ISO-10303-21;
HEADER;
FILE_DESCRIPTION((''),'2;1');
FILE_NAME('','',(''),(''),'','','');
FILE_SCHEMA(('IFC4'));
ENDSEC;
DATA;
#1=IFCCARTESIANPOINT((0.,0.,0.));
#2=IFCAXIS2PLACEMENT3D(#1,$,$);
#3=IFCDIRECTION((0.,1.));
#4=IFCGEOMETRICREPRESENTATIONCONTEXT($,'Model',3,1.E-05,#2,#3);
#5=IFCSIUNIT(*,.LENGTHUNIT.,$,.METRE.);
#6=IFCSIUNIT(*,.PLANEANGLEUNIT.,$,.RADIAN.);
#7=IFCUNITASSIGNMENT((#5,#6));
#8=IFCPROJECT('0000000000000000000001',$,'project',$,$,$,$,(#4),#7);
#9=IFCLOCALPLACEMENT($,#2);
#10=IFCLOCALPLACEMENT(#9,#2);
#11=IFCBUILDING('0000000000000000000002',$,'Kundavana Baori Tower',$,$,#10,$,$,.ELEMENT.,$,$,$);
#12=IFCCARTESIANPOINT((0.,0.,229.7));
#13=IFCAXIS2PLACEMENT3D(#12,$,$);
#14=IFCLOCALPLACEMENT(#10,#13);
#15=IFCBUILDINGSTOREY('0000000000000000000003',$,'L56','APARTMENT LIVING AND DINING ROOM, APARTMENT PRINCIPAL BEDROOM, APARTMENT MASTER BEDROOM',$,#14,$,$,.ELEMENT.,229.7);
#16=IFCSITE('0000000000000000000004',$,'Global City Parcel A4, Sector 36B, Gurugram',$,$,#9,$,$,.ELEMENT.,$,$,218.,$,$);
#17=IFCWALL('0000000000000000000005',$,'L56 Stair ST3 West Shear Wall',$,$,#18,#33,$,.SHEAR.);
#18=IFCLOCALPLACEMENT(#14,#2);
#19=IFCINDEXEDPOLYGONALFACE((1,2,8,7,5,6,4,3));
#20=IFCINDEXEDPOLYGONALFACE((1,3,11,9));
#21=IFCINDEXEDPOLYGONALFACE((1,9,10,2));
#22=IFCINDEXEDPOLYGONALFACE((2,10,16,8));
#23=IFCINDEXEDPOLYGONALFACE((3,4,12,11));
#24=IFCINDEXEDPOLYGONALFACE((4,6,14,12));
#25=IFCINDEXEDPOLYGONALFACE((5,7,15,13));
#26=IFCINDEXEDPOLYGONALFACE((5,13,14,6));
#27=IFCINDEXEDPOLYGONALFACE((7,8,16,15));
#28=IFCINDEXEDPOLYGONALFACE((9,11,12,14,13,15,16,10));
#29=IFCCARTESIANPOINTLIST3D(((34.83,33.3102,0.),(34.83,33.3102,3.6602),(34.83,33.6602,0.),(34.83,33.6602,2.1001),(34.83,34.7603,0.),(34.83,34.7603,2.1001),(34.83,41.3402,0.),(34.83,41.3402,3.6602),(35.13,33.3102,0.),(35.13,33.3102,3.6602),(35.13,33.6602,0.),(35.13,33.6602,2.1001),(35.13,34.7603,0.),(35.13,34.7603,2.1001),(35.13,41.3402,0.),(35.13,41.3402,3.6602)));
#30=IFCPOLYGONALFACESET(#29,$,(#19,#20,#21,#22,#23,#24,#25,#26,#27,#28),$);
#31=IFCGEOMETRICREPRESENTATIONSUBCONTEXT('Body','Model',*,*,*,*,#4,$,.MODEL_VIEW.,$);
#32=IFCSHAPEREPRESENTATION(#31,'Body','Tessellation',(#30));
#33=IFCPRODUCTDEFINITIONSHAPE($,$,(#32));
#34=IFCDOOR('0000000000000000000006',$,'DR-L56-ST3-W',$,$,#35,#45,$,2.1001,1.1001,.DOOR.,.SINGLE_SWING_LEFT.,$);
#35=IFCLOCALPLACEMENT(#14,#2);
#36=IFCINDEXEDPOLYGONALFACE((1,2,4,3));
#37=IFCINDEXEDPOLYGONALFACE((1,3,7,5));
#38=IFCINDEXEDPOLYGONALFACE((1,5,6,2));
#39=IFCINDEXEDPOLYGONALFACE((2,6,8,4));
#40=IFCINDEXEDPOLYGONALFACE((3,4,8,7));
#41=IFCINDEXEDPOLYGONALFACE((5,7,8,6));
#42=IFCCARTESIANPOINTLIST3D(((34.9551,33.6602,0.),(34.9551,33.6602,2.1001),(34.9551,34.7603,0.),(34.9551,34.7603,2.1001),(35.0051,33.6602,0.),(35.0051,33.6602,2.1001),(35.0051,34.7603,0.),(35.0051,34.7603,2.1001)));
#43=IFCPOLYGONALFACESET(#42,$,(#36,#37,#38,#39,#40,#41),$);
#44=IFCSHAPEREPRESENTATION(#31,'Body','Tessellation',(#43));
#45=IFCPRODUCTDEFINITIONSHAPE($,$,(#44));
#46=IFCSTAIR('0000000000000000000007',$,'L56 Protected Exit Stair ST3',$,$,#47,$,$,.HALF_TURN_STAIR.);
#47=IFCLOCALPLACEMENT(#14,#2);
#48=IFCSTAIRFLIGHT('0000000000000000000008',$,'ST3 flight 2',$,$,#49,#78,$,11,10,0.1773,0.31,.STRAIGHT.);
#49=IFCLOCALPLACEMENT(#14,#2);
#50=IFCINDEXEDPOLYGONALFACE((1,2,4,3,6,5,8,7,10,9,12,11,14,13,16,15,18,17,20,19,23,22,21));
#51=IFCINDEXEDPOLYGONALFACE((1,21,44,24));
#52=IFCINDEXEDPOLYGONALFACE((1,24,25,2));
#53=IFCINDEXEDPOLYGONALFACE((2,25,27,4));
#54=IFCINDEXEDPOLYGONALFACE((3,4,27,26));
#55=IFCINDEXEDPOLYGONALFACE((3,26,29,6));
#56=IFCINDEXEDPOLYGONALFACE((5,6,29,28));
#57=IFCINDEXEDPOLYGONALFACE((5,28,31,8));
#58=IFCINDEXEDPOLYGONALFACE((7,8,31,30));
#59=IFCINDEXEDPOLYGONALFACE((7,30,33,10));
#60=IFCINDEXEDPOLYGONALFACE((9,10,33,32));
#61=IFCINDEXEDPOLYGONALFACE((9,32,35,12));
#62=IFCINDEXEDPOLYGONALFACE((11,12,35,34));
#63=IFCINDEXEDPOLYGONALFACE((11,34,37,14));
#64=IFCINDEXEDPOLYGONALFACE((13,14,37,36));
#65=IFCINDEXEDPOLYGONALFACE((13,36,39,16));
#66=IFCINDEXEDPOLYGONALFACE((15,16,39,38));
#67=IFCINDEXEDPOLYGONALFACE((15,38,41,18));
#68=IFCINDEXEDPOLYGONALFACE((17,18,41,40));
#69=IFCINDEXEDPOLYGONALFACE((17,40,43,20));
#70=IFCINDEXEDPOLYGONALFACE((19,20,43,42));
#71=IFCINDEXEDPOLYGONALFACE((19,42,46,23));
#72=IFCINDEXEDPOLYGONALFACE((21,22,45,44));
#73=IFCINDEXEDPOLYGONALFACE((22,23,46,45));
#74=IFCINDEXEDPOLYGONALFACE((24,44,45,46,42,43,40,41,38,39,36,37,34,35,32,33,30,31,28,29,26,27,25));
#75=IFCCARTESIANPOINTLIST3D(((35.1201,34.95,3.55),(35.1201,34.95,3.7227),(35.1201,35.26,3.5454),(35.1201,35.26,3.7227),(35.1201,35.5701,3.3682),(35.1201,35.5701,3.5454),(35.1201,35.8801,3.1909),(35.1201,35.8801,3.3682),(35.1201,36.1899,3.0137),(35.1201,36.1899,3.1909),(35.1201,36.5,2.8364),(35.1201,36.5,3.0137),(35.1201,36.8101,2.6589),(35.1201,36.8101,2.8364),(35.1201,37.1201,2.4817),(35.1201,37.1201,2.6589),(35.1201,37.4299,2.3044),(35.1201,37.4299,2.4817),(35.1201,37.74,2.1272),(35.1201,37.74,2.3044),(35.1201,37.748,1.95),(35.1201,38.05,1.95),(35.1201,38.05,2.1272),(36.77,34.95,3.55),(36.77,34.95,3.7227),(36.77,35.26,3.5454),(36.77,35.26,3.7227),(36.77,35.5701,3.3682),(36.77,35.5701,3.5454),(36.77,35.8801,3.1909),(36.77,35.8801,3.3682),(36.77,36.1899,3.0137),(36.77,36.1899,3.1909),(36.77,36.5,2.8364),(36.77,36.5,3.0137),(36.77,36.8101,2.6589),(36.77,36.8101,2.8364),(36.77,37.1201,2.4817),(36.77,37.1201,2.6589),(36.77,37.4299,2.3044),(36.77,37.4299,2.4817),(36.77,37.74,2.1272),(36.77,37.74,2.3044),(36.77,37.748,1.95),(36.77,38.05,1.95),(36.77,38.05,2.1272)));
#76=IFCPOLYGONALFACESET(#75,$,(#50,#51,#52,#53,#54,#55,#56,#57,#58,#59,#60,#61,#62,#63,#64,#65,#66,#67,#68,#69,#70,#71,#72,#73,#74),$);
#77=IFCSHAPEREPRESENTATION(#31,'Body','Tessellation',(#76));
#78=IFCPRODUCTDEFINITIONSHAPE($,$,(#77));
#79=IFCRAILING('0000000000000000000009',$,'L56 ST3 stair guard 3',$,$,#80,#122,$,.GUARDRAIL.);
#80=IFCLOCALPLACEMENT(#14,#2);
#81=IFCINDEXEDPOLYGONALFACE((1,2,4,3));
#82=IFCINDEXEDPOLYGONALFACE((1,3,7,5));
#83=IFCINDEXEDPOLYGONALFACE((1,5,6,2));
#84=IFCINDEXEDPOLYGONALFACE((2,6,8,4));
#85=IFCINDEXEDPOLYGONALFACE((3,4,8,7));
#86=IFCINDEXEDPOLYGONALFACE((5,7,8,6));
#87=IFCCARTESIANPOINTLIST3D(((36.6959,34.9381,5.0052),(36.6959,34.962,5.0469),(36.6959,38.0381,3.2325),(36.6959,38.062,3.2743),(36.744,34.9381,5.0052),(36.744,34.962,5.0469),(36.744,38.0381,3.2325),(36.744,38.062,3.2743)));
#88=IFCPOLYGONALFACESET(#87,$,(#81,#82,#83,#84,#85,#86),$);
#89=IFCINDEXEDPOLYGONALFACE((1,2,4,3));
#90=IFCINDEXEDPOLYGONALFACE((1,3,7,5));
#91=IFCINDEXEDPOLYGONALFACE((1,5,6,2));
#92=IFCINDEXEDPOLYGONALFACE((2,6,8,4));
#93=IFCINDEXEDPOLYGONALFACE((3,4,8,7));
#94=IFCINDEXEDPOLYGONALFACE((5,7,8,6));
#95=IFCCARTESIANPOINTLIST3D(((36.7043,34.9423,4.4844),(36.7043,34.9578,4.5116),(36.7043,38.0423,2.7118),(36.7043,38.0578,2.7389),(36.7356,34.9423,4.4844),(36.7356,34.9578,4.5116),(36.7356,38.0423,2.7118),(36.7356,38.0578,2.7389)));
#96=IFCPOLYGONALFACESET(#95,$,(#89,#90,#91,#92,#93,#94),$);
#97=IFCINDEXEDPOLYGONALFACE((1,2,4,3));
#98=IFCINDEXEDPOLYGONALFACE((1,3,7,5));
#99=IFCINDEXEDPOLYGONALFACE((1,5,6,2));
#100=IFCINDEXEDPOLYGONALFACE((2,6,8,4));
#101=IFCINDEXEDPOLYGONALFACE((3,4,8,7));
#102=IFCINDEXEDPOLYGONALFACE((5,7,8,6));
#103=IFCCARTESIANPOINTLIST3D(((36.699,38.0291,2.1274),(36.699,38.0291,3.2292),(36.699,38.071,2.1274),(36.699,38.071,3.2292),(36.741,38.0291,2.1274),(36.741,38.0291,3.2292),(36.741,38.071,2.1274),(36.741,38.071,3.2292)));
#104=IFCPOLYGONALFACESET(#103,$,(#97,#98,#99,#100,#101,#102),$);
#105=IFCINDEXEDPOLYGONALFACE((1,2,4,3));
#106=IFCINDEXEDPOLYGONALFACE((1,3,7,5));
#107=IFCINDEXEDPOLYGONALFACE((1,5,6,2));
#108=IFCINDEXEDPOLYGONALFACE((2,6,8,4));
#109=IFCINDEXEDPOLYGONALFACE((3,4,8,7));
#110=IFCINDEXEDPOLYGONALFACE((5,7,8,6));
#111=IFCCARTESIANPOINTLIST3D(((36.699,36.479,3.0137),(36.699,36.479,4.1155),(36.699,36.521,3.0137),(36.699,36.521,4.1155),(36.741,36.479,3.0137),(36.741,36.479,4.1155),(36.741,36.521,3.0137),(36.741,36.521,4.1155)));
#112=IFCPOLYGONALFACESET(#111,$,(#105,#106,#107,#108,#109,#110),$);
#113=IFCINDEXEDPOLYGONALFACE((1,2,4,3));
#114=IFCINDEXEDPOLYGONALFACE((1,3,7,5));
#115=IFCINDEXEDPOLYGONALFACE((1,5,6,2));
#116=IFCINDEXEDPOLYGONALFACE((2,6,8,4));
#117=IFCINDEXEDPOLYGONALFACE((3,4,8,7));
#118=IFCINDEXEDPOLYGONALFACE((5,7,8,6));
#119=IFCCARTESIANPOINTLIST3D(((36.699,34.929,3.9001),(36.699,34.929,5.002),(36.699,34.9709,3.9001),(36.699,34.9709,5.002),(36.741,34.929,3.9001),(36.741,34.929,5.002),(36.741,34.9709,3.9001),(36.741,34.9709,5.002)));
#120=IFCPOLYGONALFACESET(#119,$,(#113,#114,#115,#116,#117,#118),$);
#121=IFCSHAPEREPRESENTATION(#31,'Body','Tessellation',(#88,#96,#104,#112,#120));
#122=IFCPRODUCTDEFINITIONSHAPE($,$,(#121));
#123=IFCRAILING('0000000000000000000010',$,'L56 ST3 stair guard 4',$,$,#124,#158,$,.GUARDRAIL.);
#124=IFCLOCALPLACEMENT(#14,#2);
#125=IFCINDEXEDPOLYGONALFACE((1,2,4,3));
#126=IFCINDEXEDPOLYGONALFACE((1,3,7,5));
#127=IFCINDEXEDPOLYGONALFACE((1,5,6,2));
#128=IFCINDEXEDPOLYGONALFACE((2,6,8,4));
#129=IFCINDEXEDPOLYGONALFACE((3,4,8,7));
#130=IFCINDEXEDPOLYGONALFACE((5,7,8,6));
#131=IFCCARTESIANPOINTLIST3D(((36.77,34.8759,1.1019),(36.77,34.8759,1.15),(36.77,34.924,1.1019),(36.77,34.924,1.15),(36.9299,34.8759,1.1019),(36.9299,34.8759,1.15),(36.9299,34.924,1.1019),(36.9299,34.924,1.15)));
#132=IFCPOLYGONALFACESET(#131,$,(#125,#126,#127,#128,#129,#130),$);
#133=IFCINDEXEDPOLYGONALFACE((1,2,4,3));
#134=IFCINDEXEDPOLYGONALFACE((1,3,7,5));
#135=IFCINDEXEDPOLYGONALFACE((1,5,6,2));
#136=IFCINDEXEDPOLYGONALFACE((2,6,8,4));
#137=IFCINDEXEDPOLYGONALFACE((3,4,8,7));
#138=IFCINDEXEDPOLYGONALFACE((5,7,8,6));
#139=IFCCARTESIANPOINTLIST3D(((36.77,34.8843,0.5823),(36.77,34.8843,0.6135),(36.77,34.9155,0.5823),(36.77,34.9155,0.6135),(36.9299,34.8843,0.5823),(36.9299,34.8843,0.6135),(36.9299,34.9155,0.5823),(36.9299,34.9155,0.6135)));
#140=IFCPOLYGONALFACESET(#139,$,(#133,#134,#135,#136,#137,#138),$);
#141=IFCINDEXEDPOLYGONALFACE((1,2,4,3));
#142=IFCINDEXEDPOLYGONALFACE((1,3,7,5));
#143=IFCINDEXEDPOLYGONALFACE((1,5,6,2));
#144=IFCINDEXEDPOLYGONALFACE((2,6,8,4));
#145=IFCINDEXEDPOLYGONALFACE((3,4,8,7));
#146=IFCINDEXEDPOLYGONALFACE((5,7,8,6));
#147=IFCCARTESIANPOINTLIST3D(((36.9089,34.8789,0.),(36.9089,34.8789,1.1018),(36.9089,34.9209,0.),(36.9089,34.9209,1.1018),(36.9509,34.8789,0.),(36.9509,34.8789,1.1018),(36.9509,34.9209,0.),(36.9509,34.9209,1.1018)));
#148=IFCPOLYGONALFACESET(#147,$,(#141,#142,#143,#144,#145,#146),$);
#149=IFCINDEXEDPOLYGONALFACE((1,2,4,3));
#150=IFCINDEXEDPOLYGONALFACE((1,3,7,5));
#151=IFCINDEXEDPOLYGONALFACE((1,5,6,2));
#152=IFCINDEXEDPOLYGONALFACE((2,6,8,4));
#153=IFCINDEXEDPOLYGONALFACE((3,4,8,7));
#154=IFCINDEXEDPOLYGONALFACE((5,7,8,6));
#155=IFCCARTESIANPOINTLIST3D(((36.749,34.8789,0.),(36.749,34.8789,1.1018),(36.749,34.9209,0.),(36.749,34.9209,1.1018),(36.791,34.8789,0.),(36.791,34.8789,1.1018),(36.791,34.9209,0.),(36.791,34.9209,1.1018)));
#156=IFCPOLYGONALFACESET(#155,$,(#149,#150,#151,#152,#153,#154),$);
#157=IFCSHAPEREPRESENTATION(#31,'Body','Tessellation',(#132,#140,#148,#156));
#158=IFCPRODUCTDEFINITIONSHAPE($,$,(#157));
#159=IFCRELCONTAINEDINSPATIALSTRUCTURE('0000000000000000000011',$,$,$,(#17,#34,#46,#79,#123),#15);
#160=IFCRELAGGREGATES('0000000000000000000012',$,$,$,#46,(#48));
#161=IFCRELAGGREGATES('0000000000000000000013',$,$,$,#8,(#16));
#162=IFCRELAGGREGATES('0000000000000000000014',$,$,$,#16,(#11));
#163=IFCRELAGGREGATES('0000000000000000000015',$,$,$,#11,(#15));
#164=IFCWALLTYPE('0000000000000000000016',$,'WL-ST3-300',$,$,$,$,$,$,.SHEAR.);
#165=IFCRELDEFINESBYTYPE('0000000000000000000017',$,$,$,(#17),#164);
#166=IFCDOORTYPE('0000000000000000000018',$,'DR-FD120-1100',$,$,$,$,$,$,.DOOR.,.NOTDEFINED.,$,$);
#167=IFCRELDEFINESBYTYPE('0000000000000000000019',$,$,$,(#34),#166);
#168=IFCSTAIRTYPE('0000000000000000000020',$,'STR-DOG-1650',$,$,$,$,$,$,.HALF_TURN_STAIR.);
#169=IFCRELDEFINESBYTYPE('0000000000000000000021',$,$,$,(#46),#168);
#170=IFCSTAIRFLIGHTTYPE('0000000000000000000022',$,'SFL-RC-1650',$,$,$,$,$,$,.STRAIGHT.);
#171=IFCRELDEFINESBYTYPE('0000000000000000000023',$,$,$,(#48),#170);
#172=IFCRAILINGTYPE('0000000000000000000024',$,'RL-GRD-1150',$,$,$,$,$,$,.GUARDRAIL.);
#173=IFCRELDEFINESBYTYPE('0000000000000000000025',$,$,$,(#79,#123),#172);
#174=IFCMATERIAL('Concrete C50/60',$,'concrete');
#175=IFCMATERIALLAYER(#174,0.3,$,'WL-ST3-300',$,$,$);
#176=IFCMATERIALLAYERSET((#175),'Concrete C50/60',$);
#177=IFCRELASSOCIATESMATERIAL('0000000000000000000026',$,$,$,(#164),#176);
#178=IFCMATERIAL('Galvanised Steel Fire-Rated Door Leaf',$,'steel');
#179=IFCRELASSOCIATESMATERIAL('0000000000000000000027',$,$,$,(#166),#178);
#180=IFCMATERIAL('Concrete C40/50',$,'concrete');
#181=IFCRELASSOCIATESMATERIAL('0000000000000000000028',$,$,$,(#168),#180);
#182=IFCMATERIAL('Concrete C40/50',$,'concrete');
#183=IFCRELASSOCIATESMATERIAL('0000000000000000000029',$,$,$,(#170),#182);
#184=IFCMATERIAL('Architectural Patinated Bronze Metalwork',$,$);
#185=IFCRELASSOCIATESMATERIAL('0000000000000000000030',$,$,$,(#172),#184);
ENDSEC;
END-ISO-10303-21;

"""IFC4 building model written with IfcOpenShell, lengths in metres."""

from ifc_helpers import new_model, si_unit, direction, frame, frame_2d, origin, origin_2d, place, context, subcontext, project, spatial, polyline, rectangle, outline, extrude, material, layer, layer_set, type_object, element, fill, aggregate, save


model = new_model("IFC4")

# Units and contexts
model_context = context("Model", 3, precision=1e-05, world=origin(), true_north=direction((0.0, 1.0)))
body_context = subcontext(model_context, "Body", "Model", "MODEL_VIEW")
ifc_project = project(units=[si_unit("LENGTHUNIT", "METRE"), si_unit("PLANEANGLEUNIT", "RADIAN")], contexts=[model_context])

# Site, building, storey
site_placement = place(None, origin())
site = spatial("IfcSite", under=ifc_project, at=site_placement, Name="Global City Parcel A4, Sector 36B, Gurugram", CompositionType="ELEMENT", RefElevation=218.0)
building_placement = place(site_placement, origin())
building = spatial("IfcBuilding", under=site, at=building_placement, Name="Kundavana Baori Tower", CompositionType="ELEMENT")
storey_placement = place(building_placement, frame((0.0, 0.0, 229.7)))
storey = spatial("IfcBuildingStorey", under=building, at=storey_placement, Name="L56", Description="APARTMENT LIVING AND DINING ROOM, APARTMENT PRINCIPAL BEDROOM, APARTMENT MASTER BEDROOM", CompositionType="ELEMENT", Elevation=229.7)

# Shared definitions
ifc_material_1 = material(Name="Concrete C50/60", Category="concrete")
ifc_layer_1 = layer(ifc_material_1, 0.3, Name="WL-ST3-300")
ifc_layer_set_1 = layer_set([ifc_layer_1], Name="Concrete C50/60")
wall_type_1 = type_object("IfcWallType", Name="WL-ST3-300", PredefinedType="SHEAR", material=ifc_layer_set_1)

# Wall, opening, door
wall_1_placement = place(storey_placement, frame((34.98, 33.3101, 0.0), z_axis=(0.0, 0.0, 1.0), x_axis=(0.0, 1.0, 0.0)))
wall_1 = element("IfcWall", 1, at=wall_1_placement, inside=storey, type_object=wall_type_1, Name="L56 Stair ST3 West Shear Wall", PredefinedType="SHEAR", context=body_context, shape_type="SweptSolid", body=[
    extrude(rectangle(XDim=8.03, YDim=0.3, at=frame_2d((4.0151, 0.0))), origin(), (0.0, 0.0, 1.0), 3.6602),
])
opening_1_placement = place(wall_1_placement, frame((0.3501, 0.0, 0.0)))
opening_1 = element("IfcOpeningElement", 2, at=opening_1_placement, cuts=wall_1, PredefinedType="OPENING", context=body_context, shape_type="SweptSolid", body=[
    extrude(rectangle(XDim=1.1001, YDim=2.1001, at=frame_2d((0.55, 1.05))), frame((0.0, 0.1602, 0.0), z_axis=(0.0, -1.0, 0.0), x_axis=(1.0, 0.0, 0.0)), (0.0, 0.0, 1.0), 0.3201),
])
ifc_material_2 = material(Name="Galvanised Steel Fire-Rated Door Leaf", Category="steel")
door_type_1 = type_object("IfcDoorType", Name="DR-FD120-1100", OperationType="NOTDEFINED", PredefinedType="DOOR", material=ifc_material_2)
door_1_placement = place(opening_1_placement, origin())
door_1 = element("IfcDoor", 3, at=door_1_placement, inside=storey, type_object=door_type_1, Name="DR-L56-ST3-W", OperationType="SINGLE_SWING_LEFT", OverallHeight=2.1001, OverallWidth=1.1001, PredefinedType="DOOR", context=body_context, shape_type="SweptSolid", body=[
    extrude(rectangle(XDim=1.1001, YDim=2.1001, at=frame_2d((0.55, 1.05))), frame((0.0, 0.0249, 0.0), z_axis=(0.0, -1.0, 0.0), x_axis=(1.0, 0.0, 0.0)), (0.0, 0.0, 1.0), 0.05),
])
fill(opening_1, door_1)

# Stair, stair flight
ifc_material_3 = material(Name="Concrete C40/50", Category="concrete")
stair_type = type_object("IfcStairType", Name="STR-DOG-1650", PredefinedType="HALF_TURN_STAIR", material=ifc_material_3)
stair_placement = place(storey_placement, origin())
stair = element("IfcStair", 4, at=stair_placement, inside=storey, type_object=stair_type, Name="L56 Protected Exit Stair ST3", PredefinedType="HALF_TURN_STAIR")
ifc_material_4 = material(Name="Concrete C40/50", Category="concrete")
stair_flight_type = type_object("IfcStairFlightType", Name="SFL-RC-1650", PredefinedType="STRAIGHT", material=ifc_material_4)
stair_flight_placement = place(storey_placement, frame((35.9451, 38.05, 1.95), z_axis=(0.0, 0.0, 1.0), x_axis=(0.0, -1.0, 0.0)))
stair_flight = element("IfcStairFlight", 5, at=stair_flight_placement, type_object=stair_flight_type, Name="ST3 flight 2", NumberOfRisers=11, NumberOfTreads=10, PredefinedType="STRAIGHT", RiserHeight=0.1773, TreadLength=0.31, context=body_context, shape_type="SweptSolid", body=[
    extrude(outline(polyline([(0.0, 0.0), (0.0, 0.1772), (0.3101, 0.1772), (0.3101, 0.3545), (0.6201, 0.3545), (0.6201, 0.5317), (0.9299, 0.5317), (0.9299, 0.709), (1.24, 0.709), (1.24, 0.8865), (1.55, 0.8865), (1.55, 1.0637), (1.8601, 1.0637), (1.8601, 1.241), (2.1699, 1.241), (2.1699, 1.4182), (2.48, 1.4182), (2.48, 1.5955), (2.79, 1.5955), (2.79, 1.7727), (3.1001, 1.7727), (3.1001, 1.95), (3.1001, 1.6001), (0.302, 0.0), (0.0, 0.0)])), frame((0.0, 0.825, 0.0), z_axis=(0.0, -1.0, 0.0), x_axis=(1.0, 0.0, 0.0)), (0.0, 0.0, 1.0), 1.6499),
])
aggregate(stair, [stair_flight])

# Railings
ifc_material_5 = material(Name="Architectural Patinated Bronze Metalwork")
railing_type_1 = type_object("IfcRailingType", Name="RL-GRD-1150", PredefinedType="GUARDRAIL", material=ifc_material_5)
railing_1_placement = place(storey_placement, frame((36.72, 38.05, 2.1274)))
element("IfcRailing", 6, at=railing_1_placement, inside=storey, type_object=railing_type_1, Name="L56 ST3 stair guard 3", PredefinedType="GUARDRAIL", context=body_context, shape_type="SweptSolid", body=[
    extrude(rectangle(XDim=0.0481, YDim=0.0481, at=origin_2d()), frame((0.0, 0.0, 1.126), z_axis=(0.0, -0.868096, 0.496397), x_axis=(1.0, 0.0, 0.0)), (0.0, 0.0, 1.0), 3.571),
    extrude(rectangle(XDim=0.0312, YDim=0.0312, at=origin_2d()), frame((0.0, 0.0, 0.5979), z_axis=(0.0, -0.868096, 0.496397), x_axis=(1.0, 0.0, 0.0)), (0.0, 0.0, 1.0), 3.571),
    extrude(rectangle(XDim=0.042, YDim=0.042, at=origin_2d()), origin(), (0.0, 0.0, 1.0), 1.1018),
    extrude(rectangle(XDim=0.042, YDim=0.042, at=origin_2d()), frame((0.0, -1.55, 0.8862)), (0.0, 0.0, 1.0), 1.1018),
    extrude(rectangle(XDim=0.042, YDim=0.042, at=origin_2d()), frame((0.0, -3.1001, 1.7727)), (0.0, 0.0, 1.0), 1.1018),
])
railing_2_placement = place(storey_placement, frame((36.9299, 34.8999, 0.0)))
element("IfcRailing", 7, at=railing_2_placement, inside=storey, type_object=railing_type_1, Name="L56 ST3 stair guard 4", PredefinedType="GUARDRAIL", context=body_context, shape_type="SweptSolid", body=[
    extrude(rectangle(XDim=0.0481, YDim=0.0481, at=origin_2d()), frame((0.0, 0.0, 1.126), z_axis=(-1.0, 0.0, 0.0), x_axis=(0.0, -1.0, 0.0)), (0.0, 0.0, 1.0), 0.1599),
    extrude(rectangle(XDim=0.0312, YDim=0.0312, at=origin_2d()), frame((0.0, 0.0, 0.5979), z_axis=(-1.0, 0.0, 0.0), x_axis=(0.0, -1.0, 0.0)), (0.0, 0.0, 1.0), 0.1599),
    extrude(rectangle(XDim=0.042, YDim=0.042, at=origin_2d()), origin(), (0.0, 0.0, 1.0), 1.1018),
    extrude(rectangle(XDim=0.042, YDim=0.042, at=origin_2d()), frame((-0.1599, 0.0, 0.0)), (0.0, 0.0, 1.0), 1.1018),
])

save(model, "model.ifc")
